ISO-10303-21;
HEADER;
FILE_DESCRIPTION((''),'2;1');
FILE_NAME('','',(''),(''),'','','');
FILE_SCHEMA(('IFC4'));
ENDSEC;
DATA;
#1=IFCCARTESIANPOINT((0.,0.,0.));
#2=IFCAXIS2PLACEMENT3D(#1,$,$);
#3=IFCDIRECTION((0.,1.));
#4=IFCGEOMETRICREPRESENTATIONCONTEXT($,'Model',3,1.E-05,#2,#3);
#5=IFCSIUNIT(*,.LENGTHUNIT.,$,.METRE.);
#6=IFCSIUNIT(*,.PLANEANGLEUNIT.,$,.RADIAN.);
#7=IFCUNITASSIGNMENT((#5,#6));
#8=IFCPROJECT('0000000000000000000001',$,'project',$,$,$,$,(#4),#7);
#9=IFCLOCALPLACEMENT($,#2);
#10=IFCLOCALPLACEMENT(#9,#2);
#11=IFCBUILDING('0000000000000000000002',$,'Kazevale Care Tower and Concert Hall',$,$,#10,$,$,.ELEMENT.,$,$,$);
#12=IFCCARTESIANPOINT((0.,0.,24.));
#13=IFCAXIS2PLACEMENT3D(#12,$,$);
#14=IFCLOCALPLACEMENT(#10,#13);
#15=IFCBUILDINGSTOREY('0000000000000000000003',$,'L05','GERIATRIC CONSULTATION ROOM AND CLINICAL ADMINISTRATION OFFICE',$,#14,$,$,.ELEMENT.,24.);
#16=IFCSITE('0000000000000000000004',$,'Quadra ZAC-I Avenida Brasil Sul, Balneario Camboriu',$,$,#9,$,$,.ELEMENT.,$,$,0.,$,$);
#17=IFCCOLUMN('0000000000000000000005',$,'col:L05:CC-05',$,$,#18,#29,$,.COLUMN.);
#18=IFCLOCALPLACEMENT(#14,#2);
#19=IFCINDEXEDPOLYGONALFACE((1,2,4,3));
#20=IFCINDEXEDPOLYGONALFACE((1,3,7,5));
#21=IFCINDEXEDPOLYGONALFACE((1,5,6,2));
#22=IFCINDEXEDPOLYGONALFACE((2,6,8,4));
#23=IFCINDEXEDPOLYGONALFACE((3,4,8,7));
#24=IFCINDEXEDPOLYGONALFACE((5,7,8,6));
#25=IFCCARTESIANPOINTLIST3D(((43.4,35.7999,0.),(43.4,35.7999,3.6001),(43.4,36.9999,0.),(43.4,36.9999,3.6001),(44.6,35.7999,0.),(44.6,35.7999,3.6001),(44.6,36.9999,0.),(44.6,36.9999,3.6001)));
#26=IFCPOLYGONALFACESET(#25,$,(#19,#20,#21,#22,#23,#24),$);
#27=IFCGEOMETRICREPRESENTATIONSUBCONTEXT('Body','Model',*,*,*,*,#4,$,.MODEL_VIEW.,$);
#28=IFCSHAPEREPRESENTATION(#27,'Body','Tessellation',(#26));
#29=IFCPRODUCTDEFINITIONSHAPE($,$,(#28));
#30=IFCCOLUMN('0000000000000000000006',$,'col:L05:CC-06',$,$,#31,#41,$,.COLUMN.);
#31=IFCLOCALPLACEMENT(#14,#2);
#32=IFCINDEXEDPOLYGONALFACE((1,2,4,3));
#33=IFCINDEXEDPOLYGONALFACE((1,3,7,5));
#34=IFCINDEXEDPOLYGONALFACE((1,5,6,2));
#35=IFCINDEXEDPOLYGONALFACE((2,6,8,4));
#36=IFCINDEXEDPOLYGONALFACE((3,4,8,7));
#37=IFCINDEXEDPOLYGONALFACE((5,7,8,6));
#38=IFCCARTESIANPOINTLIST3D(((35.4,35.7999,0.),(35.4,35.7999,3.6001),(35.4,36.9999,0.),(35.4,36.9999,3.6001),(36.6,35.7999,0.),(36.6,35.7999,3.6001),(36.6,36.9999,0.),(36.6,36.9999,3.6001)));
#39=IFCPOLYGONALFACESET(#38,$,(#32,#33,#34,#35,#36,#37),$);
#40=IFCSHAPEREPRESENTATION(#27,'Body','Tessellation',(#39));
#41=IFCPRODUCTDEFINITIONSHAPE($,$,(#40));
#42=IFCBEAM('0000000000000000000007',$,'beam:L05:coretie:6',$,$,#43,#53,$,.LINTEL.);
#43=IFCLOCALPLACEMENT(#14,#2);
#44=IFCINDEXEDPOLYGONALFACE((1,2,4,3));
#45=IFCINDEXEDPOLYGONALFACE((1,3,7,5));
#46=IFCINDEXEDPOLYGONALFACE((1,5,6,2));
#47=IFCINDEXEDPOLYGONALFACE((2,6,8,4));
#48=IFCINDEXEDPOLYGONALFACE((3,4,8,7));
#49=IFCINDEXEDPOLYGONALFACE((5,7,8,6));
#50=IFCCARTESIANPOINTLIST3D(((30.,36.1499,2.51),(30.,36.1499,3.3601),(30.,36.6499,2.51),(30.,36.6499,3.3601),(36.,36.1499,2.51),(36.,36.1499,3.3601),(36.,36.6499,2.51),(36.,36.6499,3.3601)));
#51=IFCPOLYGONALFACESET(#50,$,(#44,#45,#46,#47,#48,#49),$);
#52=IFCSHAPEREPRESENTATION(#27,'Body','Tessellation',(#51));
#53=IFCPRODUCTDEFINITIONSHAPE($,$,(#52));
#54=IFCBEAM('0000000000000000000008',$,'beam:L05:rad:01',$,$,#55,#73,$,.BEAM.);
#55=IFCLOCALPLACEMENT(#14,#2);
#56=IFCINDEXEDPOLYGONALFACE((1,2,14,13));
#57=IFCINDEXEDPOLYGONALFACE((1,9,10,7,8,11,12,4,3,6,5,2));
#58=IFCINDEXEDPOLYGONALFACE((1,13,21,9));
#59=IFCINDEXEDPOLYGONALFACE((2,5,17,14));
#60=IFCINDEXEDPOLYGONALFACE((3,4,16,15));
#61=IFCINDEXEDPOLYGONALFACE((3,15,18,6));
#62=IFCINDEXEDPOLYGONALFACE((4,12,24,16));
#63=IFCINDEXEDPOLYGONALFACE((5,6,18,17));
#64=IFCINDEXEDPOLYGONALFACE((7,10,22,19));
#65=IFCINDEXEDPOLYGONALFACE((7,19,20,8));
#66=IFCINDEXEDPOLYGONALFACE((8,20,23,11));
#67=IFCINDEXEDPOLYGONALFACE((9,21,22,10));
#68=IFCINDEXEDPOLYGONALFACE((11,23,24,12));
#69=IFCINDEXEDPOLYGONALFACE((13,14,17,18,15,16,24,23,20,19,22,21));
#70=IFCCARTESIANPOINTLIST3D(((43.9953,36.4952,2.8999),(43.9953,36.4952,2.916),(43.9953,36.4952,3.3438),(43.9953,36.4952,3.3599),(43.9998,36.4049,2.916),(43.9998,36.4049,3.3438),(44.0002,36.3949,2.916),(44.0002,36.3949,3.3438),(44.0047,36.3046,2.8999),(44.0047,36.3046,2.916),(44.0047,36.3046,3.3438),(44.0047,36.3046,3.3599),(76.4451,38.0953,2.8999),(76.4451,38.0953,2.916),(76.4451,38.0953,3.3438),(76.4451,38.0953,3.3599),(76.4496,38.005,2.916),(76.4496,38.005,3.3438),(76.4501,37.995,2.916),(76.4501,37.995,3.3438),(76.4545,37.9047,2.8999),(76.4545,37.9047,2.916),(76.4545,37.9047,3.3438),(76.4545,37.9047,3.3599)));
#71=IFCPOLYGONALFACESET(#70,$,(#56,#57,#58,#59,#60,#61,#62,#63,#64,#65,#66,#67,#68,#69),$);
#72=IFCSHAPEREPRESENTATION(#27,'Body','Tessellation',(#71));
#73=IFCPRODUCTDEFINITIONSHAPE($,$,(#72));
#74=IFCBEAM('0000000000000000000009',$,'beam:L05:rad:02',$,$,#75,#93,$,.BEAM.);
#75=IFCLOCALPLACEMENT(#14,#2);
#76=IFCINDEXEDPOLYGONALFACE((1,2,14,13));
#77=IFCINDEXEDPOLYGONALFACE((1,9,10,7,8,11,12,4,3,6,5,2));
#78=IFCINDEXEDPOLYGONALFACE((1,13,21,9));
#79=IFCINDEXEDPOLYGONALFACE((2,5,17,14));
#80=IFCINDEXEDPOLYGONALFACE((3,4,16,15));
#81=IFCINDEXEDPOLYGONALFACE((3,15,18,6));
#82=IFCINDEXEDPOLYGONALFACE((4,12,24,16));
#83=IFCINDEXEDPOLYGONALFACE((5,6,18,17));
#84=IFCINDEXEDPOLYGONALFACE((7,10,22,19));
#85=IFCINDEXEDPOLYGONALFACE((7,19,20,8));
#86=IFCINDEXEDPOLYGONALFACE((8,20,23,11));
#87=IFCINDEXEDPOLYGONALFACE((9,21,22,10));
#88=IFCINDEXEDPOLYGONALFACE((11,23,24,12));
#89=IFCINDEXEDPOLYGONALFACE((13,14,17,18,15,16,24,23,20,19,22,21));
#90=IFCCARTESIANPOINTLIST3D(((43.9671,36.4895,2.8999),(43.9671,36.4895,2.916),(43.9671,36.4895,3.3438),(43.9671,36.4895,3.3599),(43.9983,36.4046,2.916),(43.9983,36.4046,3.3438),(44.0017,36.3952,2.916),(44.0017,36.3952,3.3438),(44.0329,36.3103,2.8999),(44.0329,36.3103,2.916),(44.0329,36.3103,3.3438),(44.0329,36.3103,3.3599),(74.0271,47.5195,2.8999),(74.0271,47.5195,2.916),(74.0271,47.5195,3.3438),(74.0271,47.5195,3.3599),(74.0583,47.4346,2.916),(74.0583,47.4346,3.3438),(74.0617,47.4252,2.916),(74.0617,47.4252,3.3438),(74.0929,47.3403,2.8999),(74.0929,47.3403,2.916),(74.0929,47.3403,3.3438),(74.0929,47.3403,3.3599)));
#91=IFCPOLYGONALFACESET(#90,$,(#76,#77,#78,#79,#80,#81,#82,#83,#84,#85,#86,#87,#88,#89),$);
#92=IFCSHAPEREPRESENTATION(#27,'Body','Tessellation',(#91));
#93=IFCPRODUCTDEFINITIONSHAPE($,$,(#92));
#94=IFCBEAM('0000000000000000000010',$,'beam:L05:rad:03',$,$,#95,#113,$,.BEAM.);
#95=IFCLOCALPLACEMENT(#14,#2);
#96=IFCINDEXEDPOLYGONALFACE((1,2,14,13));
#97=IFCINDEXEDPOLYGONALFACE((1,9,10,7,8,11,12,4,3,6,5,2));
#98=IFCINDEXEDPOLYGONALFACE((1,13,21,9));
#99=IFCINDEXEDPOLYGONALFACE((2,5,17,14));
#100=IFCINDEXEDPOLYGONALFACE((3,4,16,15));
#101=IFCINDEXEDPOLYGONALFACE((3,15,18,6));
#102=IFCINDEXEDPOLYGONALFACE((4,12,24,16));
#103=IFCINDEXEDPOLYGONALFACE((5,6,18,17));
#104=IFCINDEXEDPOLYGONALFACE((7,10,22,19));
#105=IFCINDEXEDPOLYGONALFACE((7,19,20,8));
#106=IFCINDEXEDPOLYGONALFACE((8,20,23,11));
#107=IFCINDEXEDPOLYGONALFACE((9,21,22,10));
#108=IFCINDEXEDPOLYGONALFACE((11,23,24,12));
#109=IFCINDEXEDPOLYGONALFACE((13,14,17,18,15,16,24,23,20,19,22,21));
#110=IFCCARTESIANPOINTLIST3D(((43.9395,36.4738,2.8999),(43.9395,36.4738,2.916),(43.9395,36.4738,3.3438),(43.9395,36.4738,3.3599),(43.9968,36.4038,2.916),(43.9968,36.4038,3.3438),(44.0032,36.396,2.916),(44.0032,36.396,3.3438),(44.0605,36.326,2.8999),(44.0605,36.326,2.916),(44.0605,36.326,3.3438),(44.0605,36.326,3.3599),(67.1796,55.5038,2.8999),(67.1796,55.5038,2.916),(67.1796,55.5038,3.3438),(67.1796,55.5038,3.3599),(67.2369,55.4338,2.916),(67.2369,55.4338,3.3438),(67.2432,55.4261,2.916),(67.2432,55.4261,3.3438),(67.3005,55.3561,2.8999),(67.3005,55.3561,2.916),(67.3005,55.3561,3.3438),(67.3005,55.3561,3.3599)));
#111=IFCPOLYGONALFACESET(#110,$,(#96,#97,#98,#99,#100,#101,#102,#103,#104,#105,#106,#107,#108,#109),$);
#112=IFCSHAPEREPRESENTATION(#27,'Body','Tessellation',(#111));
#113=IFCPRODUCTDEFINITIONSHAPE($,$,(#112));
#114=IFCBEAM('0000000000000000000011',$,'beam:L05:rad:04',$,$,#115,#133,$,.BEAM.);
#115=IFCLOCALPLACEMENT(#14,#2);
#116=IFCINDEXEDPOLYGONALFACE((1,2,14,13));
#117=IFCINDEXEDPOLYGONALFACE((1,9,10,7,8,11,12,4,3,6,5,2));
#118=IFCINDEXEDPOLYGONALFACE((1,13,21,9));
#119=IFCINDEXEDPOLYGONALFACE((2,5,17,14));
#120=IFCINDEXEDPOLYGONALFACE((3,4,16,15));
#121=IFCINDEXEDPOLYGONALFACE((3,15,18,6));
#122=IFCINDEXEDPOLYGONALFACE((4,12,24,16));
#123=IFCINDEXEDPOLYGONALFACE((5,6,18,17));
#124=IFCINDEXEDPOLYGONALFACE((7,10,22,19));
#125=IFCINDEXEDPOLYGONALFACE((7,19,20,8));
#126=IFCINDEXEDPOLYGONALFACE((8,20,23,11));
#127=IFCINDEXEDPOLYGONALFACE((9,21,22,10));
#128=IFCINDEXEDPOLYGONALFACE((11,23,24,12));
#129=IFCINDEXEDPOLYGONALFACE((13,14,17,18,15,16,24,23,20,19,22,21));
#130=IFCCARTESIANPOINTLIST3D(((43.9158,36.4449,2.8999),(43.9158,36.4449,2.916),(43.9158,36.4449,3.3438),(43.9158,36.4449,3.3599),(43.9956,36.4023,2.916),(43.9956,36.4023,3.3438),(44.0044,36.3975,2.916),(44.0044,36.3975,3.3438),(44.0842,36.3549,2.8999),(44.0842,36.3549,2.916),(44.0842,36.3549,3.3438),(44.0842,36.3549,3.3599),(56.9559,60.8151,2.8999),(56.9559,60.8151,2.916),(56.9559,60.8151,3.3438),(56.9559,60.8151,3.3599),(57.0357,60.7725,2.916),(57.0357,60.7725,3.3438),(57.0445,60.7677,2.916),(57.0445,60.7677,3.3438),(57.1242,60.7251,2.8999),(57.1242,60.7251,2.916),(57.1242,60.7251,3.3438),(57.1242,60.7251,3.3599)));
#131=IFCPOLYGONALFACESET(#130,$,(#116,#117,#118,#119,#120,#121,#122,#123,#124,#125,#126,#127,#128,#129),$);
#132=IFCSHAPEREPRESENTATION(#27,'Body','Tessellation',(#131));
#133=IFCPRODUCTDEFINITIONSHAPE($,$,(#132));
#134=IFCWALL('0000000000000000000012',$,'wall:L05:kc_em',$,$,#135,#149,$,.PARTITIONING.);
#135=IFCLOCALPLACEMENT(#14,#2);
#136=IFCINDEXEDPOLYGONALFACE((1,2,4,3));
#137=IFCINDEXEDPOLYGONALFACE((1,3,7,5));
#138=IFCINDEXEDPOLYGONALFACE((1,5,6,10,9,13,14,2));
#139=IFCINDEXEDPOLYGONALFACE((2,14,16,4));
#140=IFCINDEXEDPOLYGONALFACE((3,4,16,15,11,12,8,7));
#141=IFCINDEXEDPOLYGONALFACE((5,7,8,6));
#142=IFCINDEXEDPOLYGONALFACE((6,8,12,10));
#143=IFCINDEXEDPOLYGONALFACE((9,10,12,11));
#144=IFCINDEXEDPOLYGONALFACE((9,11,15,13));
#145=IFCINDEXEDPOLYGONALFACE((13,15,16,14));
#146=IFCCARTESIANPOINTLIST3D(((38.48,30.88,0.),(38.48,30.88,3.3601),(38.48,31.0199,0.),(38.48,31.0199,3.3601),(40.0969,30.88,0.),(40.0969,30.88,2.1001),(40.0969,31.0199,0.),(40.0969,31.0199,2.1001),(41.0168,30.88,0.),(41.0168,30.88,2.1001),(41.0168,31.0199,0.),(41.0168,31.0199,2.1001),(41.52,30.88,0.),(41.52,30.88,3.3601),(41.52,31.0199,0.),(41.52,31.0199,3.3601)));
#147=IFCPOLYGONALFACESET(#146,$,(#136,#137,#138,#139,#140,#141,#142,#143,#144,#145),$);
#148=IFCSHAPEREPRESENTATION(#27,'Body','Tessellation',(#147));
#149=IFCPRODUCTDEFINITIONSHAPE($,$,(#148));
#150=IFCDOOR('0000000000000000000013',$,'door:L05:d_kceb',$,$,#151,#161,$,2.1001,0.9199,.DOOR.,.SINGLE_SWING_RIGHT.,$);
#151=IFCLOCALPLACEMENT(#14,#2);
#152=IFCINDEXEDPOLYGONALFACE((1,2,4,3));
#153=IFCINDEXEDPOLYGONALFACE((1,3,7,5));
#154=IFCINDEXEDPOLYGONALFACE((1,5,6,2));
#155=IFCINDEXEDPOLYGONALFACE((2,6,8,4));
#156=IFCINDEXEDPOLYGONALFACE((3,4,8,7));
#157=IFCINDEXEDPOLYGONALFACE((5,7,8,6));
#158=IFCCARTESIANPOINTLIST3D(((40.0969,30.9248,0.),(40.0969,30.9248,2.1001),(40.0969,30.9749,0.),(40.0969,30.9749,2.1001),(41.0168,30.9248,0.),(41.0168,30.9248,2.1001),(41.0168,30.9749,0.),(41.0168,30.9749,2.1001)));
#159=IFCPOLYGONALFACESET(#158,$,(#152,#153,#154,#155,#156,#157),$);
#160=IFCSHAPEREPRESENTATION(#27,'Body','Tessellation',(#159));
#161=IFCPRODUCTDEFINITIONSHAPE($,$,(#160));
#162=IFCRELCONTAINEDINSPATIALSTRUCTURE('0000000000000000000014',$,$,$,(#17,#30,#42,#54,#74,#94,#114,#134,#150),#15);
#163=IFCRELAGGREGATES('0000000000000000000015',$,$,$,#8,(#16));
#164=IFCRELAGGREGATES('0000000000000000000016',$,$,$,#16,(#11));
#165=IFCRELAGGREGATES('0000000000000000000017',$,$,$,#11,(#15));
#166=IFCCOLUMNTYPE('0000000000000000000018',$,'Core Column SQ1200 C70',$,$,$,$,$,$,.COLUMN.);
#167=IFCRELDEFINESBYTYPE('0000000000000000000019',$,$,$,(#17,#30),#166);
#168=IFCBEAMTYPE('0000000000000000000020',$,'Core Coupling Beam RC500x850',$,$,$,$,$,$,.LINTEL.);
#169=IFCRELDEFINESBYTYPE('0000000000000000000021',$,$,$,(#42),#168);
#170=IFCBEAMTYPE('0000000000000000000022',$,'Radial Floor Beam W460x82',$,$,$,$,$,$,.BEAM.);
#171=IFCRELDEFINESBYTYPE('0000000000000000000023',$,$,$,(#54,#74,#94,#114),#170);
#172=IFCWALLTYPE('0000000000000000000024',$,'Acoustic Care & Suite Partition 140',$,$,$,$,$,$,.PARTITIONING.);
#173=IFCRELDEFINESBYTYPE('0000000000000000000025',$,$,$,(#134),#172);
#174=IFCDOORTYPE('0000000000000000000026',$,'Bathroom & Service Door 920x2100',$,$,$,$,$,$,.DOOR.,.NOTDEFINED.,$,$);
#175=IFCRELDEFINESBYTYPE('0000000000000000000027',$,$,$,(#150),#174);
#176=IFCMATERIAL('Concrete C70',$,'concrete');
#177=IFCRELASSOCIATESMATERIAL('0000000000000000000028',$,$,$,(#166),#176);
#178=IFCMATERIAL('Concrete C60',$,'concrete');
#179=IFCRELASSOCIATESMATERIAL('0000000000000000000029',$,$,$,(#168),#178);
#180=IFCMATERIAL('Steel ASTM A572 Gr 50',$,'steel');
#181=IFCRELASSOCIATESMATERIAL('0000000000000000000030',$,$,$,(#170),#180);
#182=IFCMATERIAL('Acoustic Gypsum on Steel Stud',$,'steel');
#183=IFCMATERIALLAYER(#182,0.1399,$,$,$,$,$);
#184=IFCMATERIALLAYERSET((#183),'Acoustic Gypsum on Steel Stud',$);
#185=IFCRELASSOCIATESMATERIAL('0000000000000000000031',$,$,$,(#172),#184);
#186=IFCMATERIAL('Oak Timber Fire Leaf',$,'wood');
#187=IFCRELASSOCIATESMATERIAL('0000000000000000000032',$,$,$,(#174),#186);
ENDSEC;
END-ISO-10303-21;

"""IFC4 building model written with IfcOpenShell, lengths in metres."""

from ifc_helpers import new_model, si_unit, direction, frame, frame_2d, origin, origin_2d, place, context, subcontext, project, spatial, rectangle, i_section, extrude, material, layer, layer_set, material_profile, profile_set, type_object, element, fill, save


model = new_model("IFC4")

# Units and contexts
model_context = context("Model", 3, precision=1e-05, world=origin(), true_north=direction((0.0, 1.0)))
body_context = subcontext(model_context, "Body", "Model", "MODEL_VIEW")
ifc_project = project(units=[si_unit("LENGTHUNIT", "METRE"), si_unit("PLANEANGLEUNIT", "RADIAN")], contexts=[model_context])

# Site, building, storey
site_placement = place(None, origin())
site = spatial("IfcSite", under=ifc_project, at=site_placement, Name="Quadra ZAC-I Avenida Brasil Sul, Balneario Camboriu", CompositionType="ELEMENT", RefElevation=0.0)
building_placement = place(site_placement, origin())
building = spatial("IfcBuilding", under=site, at=building_placement, Name="Kazevale Care Tower and Concert Hall", CompositionType="ELEMENT")
storey_placement = place(building_placement, frame((0.0, 0.0, 24.0)))
storey = spatial("IfcBuildingStorey", under=building, at=storey_placement, Name="L05", Description="GERIATRIC CONSULTATION ROOM AND CLINICAL ADMINISTRATION OFFICE", CompositionType="ELEMENT", Elevation=24.0)

# Columns
ifc_material_1 = material(Name="Concrete C70", Category="concrete")
ifc_material_profile_1 = material_profile(ifc_material_1, rectangle(XDim=1.2, YDim=1.2, at=origin_2d()), Name="RC-SQ1200")
ifc_profile_set_1 = profile_set([ifc_material_profile_1], Name="Concrete C70")
column_type = type_object("IfcColumnType", Name="Core Column SQ1200 C70", PredefinedType="COLUMN", material=ifc_profile_set_1)
for number, where, z_axis, x_axis, name in (
    (1, (44.0, 36.3999, 0.0), (0.0, 0.0, 1.0), (1.0, 0.0, 0.0), "col:L05:CC-05"),
    (2, (36.0, 36.3999, 0.0), (0.0, 0.0, 1.0), (1.0, 0.0, 0.0), "col:L05:CC-06"),
):
    element("IfcColumn", number, at=place(storey_placement, frame(where, z_axis=z_axis, x_axis=x_axis)), inside=storey, type_object=column_type, Name=name, PredefinedType="COLUMN", context=body_context, shape_type="SweptSolid", body=[
        extrude(rectangle(XDim=1.2, YDim=1.2, at=origin_2d()), origin(), (0.0, 0.0, 1.0), 3.6001),
    ])

# Beams
ifc_material_2 = material(Name="Concrete C60", Category="concrete")
ifc_material_profile_2 = material_profile(ifc_material_2, rectangle(XDim=0.5, YDim=0.8501, at=origin_2d()), Name="RC-B500x850")
ifc_profile_set_2 = profile_set([ifc_material_profile_2], Name="Concrete C60")
beam_type_1 = type_object("IfcBeamType", Name="Core Coupling Beam RC500x850", PredefinedType="LINTEL", material=ifc_profile_set_2)
beam_1_placement = place(storey_placement, frame((36.0, 36.3999, 2.9351), z_axis=(-1.0, 0.0, 0.0), x_axis=(0.0, -1.0, 0.0)))
element("IfcBeam", 3, at=beam_1_placement, inside=storey, type_object=beam_type_1, Name="beam:L05:coretie:6", PredefinedType="LINTEL", context=body_context, shape_type="SweptSolid", body=[
    extrude(rectangle(XDim=0.5, YDim=0.8501, at=origin_2d()), origin(), (0.0, 0.0, 1.0), 6.0),
])
ifc_material_3 = material(Name="Steel ASTM A572 Gr 50", Category="steel")
ifc_material_profile_3 = material_profile(ifc_material_3, i_section(OverallWidth=0.1909, OverallDepth=0.46, WebThickness=0.01, FlangeThickness=0.0161, at=origin_2d()), Name="W460x82")
ifc_profile_set_3 = profile_set([ifc_material_profile_3], Name="Steel ASTM A572 Gr 50")
beam_type_2 = type_object("IfcBeamType", Name="Radial Floor Beam W460x82", PredefinedType="BEAM", material=ifc_profile_set_3)
beam_2_placement = place(storey_placement, frame((44.0, 36.3999, 3.1299), z_axis=(0.998786, 0.04925, 0.0), x_axis=(-0.04925, 0.998786, 0.0)))
element("IfcBeam", 4, at=beam_2_placement, inside=storey, type_object=beam_type_2, Name="beam:L05:rad:01", PredefinedType="BEAM", context=body_context, shape_type="SweptSolid", body=[
    extrude(i_section(OverallWidth=0.1909, OverallDepth=0.46, WebThickness=0.01, FlangeThickness=0.0161, at=origin_2d()), origin(), (0.0, 0.0, 1.0), 32.4893),
])
beam_3_placement = place(storey_placement, frame((44.0, 36.3999, 3.1299), z_axis=(0.938795, 0.344475, 0.0), x_axis=(-0.344475, 0.938795, 0.0)))
element("IfcBeam", 5, at=beam_3_placement, inside=storey, type_object=beam_type_2, Name="beam:L05:rad:02", PredefinedType="BEAM", context=body_context, shape_type="SweptSolid", body=[
    extrude(i_section(OverallWidth=0.1909, OverallDepth=0.46, WebThickness=0.01, FlangeThickness=0.0161, at=origin_2d()), origin(), (0.0, 0.0, 1.0), 32.0198),
])
beam_4_placement = place(storey_placement, frame((44.0, 36.3999, 3.1299), z_axis=(0.773704, 0.633547, 0.0), x_axis=(-0.633547, 0.773704, 0.0)))
element("IfcBeam", 6, at=beam_4_placement, inside=storey, type_object=beam_type_2, Name="beam:L05:rad:03", PredefinedType="BEAM", context=body_context, shape_type="SweptSolid", body=[
    extrude(i_section(OverallWidth=0.1909, OverallDepth=0.46, WebThickness=0.01, FlangeThickness=0.0161, at=origin_2d()), origin(), (0.0, 0.0, 1.0), 30.0374),
])
beam_5_placement = place(storey_placement, frame((44.0, 36.3999, 3.1299), z_axis=(0.471789, 0.881712, 0.0), x_axis=(-0.881712, 0.471789, 0.0)))
element("IfcBeam", 7, at=beam_5_placement, inside=storey, type_object=beam_type_2, Name="beam:L05:rad:04", PredefinedType="BEAM", context=body_context, shape_type="SweptSolid", body=[
    extrude(i_section(OverallWidth=0.1909, OverallDepth=0.46, WebThickness=0.01, FlangeThickness=0.0161, at=origin_2d()), origin(), (0.0, 0.0, 1.0), 27.6396),
])

# Wall, opening, door
ifc_material_4 = material(Name="Acoustic Gypsum on Steel Stud", Category="steel")
ifc_layer_1 = layer(ifc_material_4, 0.1399)
ifc_layer_set_1 = layer_set([ifc_layer_1], Name="Acoustic Gypsum on Steel Stud")
wall_type_1 = type_object("IfcWallType", Name="Acoustic Care & Suite Partition 140", PredefinedType="PARTITIONING", material=ifc_layer_set_1)
wall_1_placement = place(storey_placement, frame((38.48, 30.95, 0.0), z_axis=(0.0, 0.0, 1.0), x_axis=(1.0, 0.0, 0.0)))
wall_1 = element("IfcWall", 8, at=wall_1_placement, inside=storey, type_object=wall_type_1, Name="wall:L05:kc_em", PredefinedType="PARTITIONING", context=body_context, shape_type="SweptSolid", body=[
    extrude(rectangle(XDim=3.04, YDim=0.1399, at=frame_2d((1.52, 0.0))), origin(), (0.0, 0.0, 1.0), 3.3601),
])
opening_1_placement = place(wall_1_placement, frame((1.6169, 0.0, 0.0)))
opening_1 = element("IfcOpeningElement", 9, at=opening_1_placement, cuts=wall_1, PredefinedType="OPENING", context=body_context, shape_type="SweptSolid", body=[
    extrude(rectangle(XDim=0.9199, YDim=2.1001, at=frame_2d((0.46, 1.05))), frame((0.0, 0.0798, 0.0), z_axis=(0.0, -1.0, 0.0), x_axis=(1.0, 0.0, 0.0)), (0.0, 0.0, 1.0), 0.1599),
])
ifc_material_5 = material(Name="Oak Timber Fire Leaf", Category="wood")
door_type_1 = type_object("IfcDoorType", Name="Bathroom & Service Door 920x2100", OperationType="NOTDEFINED", PredefinedType="DOOR", material=ifc_material_5)
door_1_placement = place(opening_1_placement, origin())
door_1 = element("IfcDoor", 10, at=door_1_placement, inside=storey, type_object=door_type_1, Name="door:L05:d_kceb", OperationType="SINGLE_SWING_RIGHT", OverallHeight=2.1001, OverallWidth=0.9199, PredefinedType="DOOR", context=body_context, shape_type="SweptSolid", body=[
    extrude(rectangle(XDim=0.9199, YDim=2.1001, at=frame_2d((0.46, 1.05))), frame((0.0, 0.0249, 0.0), z_axis=(0.0, -1.0, 0.0), x_axis=(1.0, 0.0, 0.0)), (0.0, 0.0, 1.0), 0.05),
])
fill(opening_1, door_1)

save(model, "model.ifc")
